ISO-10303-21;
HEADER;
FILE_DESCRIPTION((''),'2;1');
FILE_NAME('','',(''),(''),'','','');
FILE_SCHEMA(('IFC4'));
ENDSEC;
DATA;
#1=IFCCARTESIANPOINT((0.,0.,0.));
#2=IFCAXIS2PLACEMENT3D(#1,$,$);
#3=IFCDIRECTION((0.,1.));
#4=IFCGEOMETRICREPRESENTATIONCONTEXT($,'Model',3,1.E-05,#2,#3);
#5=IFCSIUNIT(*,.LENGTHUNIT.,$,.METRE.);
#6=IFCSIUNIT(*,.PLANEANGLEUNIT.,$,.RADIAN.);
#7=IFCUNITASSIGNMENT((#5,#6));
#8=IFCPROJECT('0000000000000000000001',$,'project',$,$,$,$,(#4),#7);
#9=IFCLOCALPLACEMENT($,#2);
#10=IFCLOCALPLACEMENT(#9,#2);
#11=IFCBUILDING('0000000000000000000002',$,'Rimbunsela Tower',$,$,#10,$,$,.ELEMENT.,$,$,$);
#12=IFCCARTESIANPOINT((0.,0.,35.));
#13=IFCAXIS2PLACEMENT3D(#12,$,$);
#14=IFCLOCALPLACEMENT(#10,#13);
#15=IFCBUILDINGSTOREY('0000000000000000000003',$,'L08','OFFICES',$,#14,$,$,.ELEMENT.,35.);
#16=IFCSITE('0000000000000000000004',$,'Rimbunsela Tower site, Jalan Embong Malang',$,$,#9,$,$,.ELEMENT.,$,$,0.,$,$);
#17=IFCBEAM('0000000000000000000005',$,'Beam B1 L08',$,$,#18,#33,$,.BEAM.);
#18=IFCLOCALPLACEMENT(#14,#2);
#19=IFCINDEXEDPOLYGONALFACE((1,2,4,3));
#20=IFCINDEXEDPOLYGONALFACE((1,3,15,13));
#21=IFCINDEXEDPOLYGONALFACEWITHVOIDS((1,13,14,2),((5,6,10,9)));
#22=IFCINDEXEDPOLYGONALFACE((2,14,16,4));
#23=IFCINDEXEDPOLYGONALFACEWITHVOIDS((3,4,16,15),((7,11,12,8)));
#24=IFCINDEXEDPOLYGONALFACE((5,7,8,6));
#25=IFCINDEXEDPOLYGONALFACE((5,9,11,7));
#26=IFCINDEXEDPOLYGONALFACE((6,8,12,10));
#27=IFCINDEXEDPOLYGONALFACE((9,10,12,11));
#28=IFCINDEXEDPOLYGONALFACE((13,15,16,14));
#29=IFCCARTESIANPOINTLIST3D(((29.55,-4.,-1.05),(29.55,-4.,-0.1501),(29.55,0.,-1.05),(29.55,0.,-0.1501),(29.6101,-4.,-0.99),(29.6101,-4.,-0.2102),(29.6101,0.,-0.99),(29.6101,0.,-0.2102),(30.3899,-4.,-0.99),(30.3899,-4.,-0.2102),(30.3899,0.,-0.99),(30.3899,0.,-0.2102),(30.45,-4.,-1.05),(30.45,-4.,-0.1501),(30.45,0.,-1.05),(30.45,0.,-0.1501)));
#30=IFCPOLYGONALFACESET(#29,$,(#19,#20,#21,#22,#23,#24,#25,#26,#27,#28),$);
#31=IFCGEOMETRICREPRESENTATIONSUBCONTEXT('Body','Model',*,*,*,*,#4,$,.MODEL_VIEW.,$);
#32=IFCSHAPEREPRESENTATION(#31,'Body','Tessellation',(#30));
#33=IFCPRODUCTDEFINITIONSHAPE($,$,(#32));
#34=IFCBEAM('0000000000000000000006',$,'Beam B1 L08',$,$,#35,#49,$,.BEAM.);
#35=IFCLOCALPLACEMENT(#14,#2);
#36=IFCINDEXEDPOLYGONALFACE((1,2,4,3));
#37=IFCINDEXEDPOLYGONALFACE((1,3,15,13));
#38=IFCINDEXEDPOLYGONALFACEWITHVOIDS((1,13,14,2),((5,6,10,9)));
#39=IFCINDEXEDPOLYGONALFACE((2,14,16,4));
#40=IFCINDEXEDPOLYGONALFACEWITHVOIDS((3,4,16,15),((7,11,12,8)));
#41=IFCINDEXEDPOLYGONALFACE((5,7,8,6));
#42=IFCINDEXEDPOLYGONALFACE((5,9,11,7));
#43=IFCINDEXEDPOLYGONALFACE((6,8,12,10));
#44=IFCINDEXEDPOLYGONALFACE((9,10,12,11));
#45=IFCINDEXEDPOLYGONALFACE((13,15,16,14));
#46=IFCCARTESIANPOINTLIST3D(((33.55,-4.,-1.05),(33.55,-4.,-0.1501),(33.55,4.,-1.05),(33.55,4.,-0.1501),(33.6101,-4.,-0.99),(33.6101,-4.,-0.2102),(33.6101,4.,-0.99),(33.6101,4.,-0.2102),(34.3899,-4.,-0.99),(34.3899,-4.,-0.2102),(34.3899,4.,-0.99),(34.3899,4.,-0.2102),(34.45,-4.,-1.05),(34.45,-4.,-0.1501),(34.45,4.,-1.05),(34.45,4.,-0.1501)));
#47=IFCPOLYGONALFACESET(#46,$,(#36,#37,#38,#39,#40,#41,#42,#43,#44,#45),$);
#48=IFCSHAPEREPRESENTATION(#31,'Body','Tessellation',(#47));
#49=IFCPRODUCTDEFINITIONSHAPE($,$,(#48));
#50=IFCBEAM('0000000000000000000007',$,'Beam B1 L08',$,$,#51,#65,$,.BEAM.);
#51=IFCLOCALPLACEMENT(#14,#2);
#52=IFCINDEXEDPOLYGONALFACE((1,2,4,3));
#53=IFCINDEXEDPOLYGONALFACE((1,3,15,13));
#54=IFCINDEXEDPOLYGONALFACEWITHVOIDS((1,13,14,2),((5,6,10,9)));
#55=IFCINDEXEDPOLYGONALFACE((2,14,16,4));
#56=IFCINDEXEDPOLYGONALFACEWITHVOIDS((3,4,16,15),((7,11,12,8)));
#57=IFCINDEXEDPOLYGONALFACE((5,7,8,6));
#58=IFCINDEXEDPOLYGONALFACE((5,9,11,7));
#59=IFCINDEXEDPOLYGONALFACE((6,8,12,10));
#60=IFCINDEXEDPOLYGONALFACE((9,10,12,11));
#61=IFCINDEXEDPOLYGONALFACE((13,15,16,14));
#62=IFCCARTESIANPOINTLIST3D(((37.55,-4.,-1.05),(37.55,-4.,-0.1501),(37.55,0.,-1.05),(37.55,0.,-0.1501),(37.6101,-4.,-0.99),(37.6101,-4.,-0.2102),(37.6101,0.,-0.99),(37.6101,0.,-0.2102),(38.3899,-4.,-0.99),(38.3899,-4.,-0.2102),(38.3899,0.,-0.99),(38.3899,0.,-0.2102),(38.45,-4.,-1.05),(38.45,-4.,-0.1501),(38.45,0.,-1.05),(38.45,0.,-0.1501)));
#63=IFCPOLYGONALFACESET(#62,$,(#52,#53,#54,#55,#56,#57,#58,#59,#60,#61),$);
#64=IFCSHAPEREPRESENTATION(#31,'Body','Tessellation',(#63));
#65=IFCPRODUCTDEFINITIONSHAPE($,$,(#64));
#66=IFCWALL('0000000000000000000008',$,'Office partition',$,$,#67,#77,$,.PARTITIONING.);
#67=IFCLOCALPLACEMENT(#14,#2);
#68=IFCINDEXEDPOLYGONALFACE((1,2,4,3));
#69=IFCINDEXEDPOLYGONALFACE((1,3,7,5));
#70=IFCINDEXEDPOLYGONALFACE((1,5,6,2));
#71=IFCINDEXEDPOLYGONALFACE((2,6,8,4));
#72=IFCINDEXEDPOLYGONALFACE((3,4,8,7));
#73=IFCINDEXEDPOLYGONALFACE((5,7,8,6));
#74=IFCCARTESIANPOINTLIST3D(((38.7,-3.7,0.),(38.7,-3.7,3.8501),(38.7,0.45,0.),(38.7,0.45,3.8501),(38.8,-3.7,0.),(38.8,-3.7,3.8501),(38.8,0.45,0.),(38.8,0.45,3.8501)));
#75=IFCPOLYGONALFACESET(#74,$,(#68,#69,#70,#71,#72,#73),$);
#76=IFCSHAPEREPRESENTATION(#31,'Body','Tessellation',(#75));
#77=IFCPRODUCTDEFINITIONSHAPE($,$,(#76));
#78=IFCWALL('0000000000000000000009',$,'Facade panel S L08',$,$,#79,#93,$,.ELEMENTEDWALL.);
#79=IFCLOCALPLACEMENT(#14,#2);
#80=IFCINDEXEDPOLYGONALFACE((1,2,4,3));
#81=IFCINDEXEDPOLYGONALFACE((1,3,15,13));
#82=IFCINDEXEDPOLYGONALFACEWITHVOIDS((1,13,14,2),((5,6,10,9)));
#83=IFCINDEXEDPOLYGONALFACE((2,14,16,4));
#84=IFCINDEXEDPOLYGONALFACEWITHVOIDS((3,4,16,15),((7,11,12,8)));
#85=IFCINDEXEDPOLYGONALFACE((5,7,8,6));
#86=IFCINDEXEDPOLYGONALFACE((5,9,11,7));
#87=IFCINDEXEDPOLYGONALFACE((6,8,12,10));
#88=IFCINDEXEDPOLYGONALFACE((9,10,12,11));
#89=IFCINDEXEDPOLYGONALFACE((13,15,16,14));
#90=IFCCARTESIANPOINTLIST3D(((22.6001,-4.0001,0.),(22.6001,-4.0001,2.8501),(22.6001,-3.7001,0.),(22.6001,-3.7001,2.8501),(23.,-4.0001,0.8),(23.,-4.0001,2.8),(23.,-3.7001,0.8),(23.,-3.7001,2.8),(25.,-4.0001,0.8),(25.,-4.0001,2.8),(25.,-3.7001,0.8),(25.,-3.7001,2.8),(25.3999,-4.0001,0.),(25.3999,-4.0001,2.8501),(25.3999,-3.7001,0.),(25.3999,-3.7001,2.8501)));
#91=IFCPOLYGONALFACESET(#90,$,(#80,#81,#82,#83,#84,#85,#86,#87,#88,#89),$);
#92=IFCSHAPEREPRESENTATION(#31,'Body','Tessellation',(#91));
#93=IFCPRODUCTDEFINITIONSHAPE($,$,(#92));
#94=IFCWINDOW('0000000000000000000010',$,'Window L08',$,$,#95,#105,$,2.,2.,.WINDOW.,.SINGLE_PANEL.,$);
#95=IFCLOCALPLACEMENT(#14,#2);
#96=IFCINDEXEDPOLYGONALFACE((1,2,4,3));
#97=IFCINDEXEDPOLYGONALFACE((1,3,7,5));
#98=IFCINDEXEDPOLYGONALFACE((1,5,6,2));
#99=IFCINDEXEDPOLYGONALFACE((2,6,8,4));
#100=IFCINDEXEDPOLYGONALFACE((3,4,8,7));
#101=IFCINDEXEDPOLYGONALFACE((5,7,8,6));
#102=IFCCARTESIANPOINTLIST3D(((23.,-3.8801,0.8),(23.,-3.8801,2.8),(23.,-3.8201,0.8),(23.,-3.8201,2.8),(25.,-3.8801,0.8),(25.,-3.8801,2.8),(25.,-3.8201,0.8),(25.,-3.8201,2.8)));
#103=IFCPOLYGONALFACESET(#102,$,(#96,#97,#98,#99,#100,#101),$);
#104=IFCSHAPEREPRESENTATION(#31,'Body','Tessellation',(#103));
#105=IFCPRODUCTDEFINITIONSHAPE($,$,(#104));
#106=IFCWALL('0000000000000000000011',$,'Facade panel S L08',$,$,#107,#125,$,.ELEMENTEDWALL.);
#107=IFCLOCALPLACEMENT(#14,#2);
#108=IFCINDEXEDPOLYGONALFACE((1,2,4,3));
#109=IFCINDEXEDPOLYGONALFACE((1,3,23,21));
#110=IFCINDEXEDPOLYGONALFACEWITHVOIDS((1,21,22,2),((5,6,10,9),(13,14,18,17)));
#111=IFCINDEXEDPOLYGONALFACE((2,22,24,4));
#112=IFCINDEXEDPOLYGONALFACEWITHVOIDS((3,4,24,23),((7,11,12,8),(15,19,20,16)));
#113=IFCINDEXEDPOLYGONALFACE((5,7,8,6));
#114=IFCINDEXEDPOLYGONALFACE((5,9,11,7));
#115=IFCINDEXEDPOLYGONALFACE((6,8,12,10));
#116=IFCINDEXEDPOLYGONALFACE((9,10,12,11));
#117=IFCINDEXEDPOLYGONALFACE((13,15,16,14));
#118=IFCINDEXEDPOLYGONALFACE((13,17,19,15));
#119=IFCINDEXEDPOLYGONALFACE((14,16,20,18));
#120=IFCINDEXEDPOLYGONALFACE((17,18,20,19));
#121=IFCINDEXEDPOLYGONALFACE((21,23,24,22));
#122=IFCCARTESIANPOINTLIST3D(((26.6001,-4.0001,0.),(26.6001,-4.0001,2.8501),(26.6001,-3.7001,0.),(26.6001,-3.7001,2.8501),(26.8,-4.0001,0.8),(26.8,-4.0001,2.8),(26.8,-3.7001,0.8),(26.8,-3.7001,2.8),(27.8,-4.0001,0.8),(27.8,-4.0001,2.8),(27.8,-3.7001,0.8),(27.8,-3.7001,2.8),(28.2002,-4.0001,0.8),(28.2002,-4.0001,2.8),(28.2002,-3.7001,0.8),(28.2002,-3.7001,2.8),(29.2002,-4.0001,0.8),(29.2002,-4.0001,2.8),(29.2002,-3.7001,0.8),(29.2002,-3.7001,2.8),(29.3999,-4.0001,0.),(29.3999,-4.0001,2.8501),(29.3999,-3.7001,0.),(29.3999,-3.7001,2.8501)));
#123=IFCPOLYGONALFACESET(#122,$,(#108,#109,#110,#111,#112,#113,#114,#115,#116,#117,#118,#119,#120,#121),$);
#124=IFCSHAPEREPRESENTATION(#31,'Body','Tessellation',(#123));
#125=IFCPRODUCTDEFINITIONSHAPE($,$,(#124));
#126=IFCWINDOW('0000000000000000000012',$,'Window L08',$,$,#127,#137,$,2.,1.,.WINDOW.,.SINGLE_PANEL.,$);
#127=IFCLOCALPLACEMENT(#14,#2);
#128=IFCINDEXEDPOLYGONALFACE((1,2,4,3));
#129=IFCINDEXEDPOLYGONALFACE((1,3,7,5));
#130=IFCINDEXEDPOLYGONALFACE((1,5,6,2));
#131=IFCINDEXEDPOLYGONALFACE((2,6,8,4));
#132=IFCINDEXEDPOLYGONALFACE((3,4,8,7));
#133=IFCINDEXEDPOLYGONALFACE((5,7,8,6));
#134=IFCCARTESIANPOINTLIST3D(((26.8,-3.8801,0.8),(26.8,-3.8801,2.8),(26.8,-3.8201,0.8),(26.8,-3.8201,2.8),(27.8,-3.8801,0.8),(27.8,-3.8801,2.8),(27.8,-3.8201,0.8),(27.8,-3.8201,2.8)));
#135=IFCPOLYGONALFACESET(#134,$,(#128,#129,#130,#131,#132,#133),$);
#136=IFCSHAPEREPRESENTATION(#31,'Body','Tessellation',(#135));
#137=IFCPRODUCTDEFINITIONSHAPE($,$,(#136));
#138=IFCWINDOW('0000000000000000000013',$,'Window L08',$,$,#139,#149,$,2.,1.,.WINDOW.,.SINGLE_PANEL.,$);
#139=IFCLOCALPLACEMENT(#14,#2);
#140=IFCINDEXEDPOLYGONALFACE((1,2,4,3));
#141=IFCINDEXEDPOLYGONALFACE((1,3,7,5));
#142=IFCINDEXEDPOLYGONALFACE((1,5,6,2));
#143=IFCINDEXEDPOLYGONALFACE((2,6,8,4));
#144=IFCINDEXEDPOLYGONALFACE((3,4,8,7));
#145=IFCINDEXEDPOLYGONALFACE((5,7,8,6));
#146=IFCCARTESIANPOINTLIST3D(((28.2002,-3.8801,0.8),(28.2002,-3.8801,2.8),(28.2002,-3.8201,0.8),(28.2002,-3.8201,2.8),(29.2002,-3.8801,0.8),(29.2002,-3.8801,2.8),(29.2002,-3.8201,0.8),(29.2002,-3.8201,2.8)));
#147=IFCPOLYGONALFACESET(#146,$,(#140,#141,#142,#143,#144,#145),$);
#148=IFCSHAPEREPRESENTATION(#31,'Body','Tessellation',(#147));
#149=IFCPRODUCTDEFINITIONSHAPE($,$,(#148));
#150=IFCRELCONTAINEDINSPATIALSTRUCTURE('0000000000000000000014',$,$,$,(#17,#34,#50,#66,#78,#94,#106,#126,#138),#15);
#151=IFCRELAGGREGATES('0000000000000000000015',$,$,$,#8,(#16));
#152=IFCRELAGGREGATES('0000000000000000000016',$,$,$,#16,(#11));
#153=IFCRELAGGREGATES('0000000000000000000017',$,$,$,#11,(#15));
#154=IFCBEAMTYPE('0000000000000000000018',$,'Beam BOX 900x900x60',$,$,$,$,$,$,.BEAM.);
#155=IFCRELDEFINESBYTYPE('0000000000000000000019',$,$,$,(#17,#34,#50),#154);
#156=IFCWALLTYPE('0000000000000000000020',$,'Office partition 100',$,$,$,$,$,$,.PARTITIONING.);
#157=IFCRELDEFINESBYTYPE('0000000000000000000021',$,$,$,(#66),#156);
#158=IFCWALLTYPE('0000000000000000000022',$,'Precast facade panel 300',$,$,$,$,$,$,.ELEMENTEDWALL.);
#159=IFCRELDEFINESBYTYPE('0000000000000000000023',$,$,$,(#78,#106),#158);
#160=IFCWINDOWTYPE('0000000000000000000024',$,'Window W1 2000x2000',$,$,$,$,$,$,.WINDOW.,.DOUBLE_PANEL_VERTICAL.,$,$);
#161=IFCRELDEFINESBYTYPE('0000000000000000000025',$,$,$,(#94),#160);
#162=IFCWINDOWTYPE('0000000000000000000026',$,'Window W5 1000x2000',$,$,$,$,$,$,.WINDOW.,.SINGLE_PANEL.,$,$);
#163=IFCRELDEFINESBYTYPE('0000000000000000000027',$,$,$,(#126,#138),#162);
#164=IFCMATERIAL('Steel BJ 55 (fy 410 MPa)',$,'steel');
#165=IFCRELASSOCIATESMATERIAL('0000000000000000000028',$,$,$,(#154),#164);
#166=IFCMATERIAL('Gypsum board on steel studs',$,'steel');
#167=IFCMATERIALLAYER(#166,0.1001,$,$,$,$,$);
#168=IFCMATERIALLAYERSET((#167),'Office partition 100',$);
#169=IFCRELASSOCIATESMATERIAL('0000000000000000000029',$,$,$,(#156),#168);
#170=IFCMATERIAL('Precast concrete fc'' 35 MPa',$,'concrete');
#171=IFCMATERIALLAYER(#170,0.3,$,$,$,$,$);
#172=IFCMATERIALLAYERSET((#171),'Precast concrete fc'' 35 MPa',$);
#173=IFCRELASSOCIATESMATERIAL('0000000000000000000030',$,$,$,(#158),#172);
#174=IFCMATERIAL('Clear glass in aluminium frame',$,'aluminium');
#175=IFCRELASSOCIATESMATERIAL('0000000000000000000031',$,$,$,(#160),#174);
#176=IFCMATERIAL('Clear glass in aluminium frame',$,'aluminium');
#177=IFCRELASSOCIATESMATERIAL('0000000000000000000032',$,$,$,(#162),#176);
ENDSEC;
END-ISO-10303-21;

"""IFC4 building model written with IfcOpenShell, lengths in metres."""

from ifc_helpers import new_model, si_unit, direction, frame, frame_2d, origin, origin_2d, place, context, subcontext, project, spatial, rectangle, hollow_rectangle, extrude, material, layer, layer_set, material_profile, profile_set, type_object, element, fill, save


model = new_model("IFC4")

# Units and contexts
model_context = context("Model", 3, precision=1e-05, world=origin(), true_north=direction((0.0, 1.0)))
body_context = subcontext(model_context, "Body", "Model", "MODEL_VIEW")
ifc_project = project(units=[si_unit("LENGTHUNIT", "METRE"), si_unit("PLANEANGLEUNIT", "RADIAN")], contexts=[model_context])

# Site, building, storey
site_placement = place(None, origin())
site = spatial("IfcSite", under=ifc_project, at=site_placement, Name="Rimbunsela Tower site, Jalan Embong Malang", CompositionType="ELEMENT", RefElevation=0.0)
building_placement = place(site_placement, origin())
building = spatial("IfcBuilding", under=site, at=building_placement, Name="Rimbunsela Tower", CompositionType="ELEMENT")
storey_placement = place(building_placement, frame((0.0, 0.0, 35.0)))
storey = spatial("IfcBuildingStorey", under=building, at=storey_placement, Name="L08", Description="OFFICES", CompositionType="ELEMENT", Elevation=35.0)

# Beams
ifc_material_1 = material(Name="Steel BJ 55 (fy 410 MPa)", Category="steel")
ifc_material_profile_1 = material_profile(ifc_material_1, hollow_rectangle(XDim=0.8999, YDim=0.8999, WallThickness=0.0601, at=origin_2d()), Name="BOX 900x900x60")
ifc_profile_set_1 = profile_set([ifc_material_profile_1], Name="Steel BJ 55 (fy 410 MPa)")
beam_type_1 = type_object("IfcBeamType", Name="Beam BOX 900x900x60", PredefinedType="BEAM", material=ifc_profile_set_1)
beam_1_placement = place(storey_placement, frame((30.0, -4.0, -0.6001), z_axis=(0.0, 1.0, 0.0), x_axis=(-1.0, 0.0, 0.0)))
element("IfcBeam", 1, at=beam_1_placement, inside=storey, type_object=beam_type_1, Name="Beam B1 L08", PredefinedType="BEAM", context=body_context, shape_type="SweptSolid", body=[
    extrude(hollow_rectangle(XDim=0.8999, YDim=0.8999, WallThickness=0.0601, at=origin_2d()), origin(), (0.0, 0.0, 1.0), 4.0),
])
beam_2_placement = place(storey_placement, frame((34.0, -4.0, -0.6001), z_axis=(0.0, 1.0, 0.0), x_axis=(-1.0, 0.0, 0.0)))
element("IfcBeam", 2, at=beam_2_placement, inside=storey, type_object=beam_type_1, Name="Beam B1 L08", PredefinedType="BEAM", context=body_context, shape_type="SweptSolid", body=[
    extrude(hollow_rectangle(XDim=0.8999, YDim=0.8999, WallThickness=0.0601, at=origin_2d()), origin(), (0.0, 0.0, 1.0), 8.0),
])
beam_3_placement = place(storey_placement, frame((38.0, -4.0, -0.6001), z_axis=(0.0, 1.0, 0.0), x_axis=(-1.0, 0.0, 0.0)))
element("IfcBeam", 3, at=beam_3_placement, inside=storey, type_object=beam_type_1, Name="Beam B1 L08", PredefinedType="BEAM", context=body_context, shape_type="SweptSolid", body=[
    extrude(hollow_rectangle(XDim=0.8999, YDim=0.8999, WallThickness=0.0601, at=origin_2d()), origin(), (0.0, 0.0, 1.0), 4.0),
])

# Wall
ifc_material_2 = material(Name="Gypsum board on steel studs", Category="steel")
ifc_layer_1 = layer(ifc_material_2, 0.1001)
ifc_layer_set_1 = layer_set([ifc_layer_1], Name="Office partition 100")
wall_type_1 = type_object("IfcWallType", Name="Office partition 100", PredefinedType="PARTITIONING", material=ifc_layer_set_1)
wall_1_placement = place(storey_placement, frame((38.75, -3.7, 0.0), z_axis=(0.0, 0.0, 1.0), x_axis=(0.0, 1.0, 0.0)))
element("IfcWall", 4, at=wall_1_placement, inside=storey, type_object=wall_type_1, Name="Office partition", PredefinedType="PARTITIONING", context=body_context, shape_type="SweptSolid", body=[
    extrude(rectangle(XDim=4.1499, YDim=0.1001, at=frame_2d((2.075, 0.0))), origin(), (0.0, 0.0, 1.0), 3.8501),
])

# Wall, opening, window
ifc_material_3 = material(Name="Precast concrete fc' 35 MPa", Category="concrete")
ifc_layer_2 = layer(ifc_material_3, 0.3)
ifc_layer_set_2 = layer_set([ifc_layer_2], Name="Precast concrete fc' 35 MPa")
wall_type_2 = type_object("IfcWallType", Name="Precast facade panel 300", PredefinedType="ELEMENTEDWALL", material=ifc_layer_set_2)
wall_2_placement = place(storey_placement, frame((22.6001, -3.8501, 0.0), z_axis=(0.0, 0.0, 1.0), x_axis=(1.0, 0.0, 0.0)))
wall_2 = element("IfcWall", 5, at=wall_2_placement, inside=storey, type_object=wall_type_2, Name="Facade panel S L08", PredefinedType="ELEMENTEDWALL", context=body_context, shape_type="SweptSolid", body=[
    extrude(rectangle(XDim=2.7998, YDim=0.3, at=frame_2d((1.3999, 0.0))), origin(), (0.0, 0.0, 1.0), 2.8501),
])
opening_1_placement = place(wall_2_placement, frame((0.3999, 0.0, 0.8)))
opening_1 = element("IfcOpeningElement", 6, at=opening_1_placement, cuts=wall_2, PredefinedType="OPENING", context=body_context, shape_type="SweptSolid", body=[
    extrude(rectangle(XDim=2.0, YDim=2.0, at=frame_2d((1.0, 1.0))), frame((0.0, 0.1599, 0.0), z_axis=(0.0, -1.0, 0.0), x_axis=(1.0, 0.0, 0.0)), (0.0, 0.0, 1.0), 0.3201),
])
ifc_material_4 = material(Name="Clear glass in aluminium frame", Category="aluminium")
window_type_1 = type_object("IfcWindowType", Name="Window W1 2000x2000", PartitioningType="DOUBLE_PANEL_VERTICAL", PredefinedType="WINDOW", material=ifc_material_4)
window_1_placement = place(opening_1_placement, origin())
window_1 = element("IfcWindow", 7, at=window_1_placement, inside=storey, type_object=window_type_1, Name="Window L08", OverallHeight=2.0, OverallWidth=2.0, PartitioningType="SINGLE_PANEL", PredefinedType="WINDOW", context=body_context, shape_type="SweptSolid", body=[
    extrude(rectangle(XDim=2.0, YDim=2.0, at=frame_2d((1.0, 1.0))), frame((0.0, 0.03, 0.0), z_axis=(0.0, -1.0, 0.0), x_axis=(1.0, 0.0, 0.0)), (0.0, 0.0, 1.0), 0.0601),
])
fill(opening_1, window_1)

# Wall, openings, windows
wall_3_placement = place(storey_placement, frame((26.6001, -3.8501, 0.0), z_axis=(0.0, 0.0, 1.0), x_axis=(1.0, 0.0, 0.0)))
wall_3 = element("IfcWall", 8, at=wall_3_placement, inside=storey, type_object=wall_type_2, Name="Facade panel S L08", PredefinedType="ELEMENTEDWALL", context=body_context, shape_type="SweptSolid", body=[
    extrude(rectangle(XDim=2.7998, YDim=0.3, at=frame_2d((1.3999, 0.0))), origin(), (0.0, 0.0, 1.0), 2.8501),
])
opening_2_placement = place(wall_3_placement, frame((0.2, 0.0, 0.8)))
opening_2 = element("IfcOpeningElement", 9, at=opening_2_placement, cuts=wall_3, PredefinedType="OPENING", context=body_context, shape_type="SweptSolid", body=[
    extrude(rectangle(XDim=1.0, YDim=2.0, at=frame_2d((0.5, 1.0))), frame((0.0, 0.1599, 0.0), z_axis=(0.0, -1.0, 0.0), x_axis=(1.0, 0.0, 0.0)), (0.0, 0.0, 1.0), 0.3201),
])
opening_3_placement = place(wall_3_placement, frame((1.6001, 0.0, 0.8)))
opening_3 = element("IfcOpeningElement", 10, at=opening_3_placement, cuts=wall_3, PredefinedType="OPENING", context=body_context, shape_type="SweptSolid", body=[
    extrude(rectangle(XDim=1.0, YDim=2.0, at=frame_2d((0.5, 1.0))), frame((0.0, 0.1599, 0.0), z_axis=(0.0, -1.0, 0.0), x_axis=(1.0, 0.0, 0.0)), (0.0, 0.0, 1.0), 0.3201),
])
ifc_material_5 = material(Name="Clear glass in aluminium frame", Category="aluminium")
window_type_2 = type_object("IfcWindowType", Name="Window W5 1000x2000", PartitioningType="SINGLE_PANEL", PredefinedType="WINDOW", material=ifc_material_5)
window_2_placement = place(opening_2_placement, origin())
window_2 = element("IfcWindow", 11, at=window_2_placement, inside=storey, type_object=window_type_2, Name="Window L08", OverallHeight=2.0, OverallWidth=1.0, PartitioningType="SINGLE_PANEL", PredefinedType="WINDOW", context=body_context, shape_type="SweptSolid", body=[
    extrude(rectangle(XDim=1.0, YDim=2.0, at=frame_2d((0.5, 1.0))), frame((0.0, 0.03, 0.0), z_axis=(0.0, -1.0, 0.0), x_axis=(1.0, 0.0, 0.0)), (0.0, 0.0, 1.0), 0.0601),
])
fill(opening_2, window_2)
window_3_placement = place(opening_3_placement, origin())
window_3 = element("IfcWindow", 12, at=window_3_placement, inside=storey, type_object=window_type_2, Name="Window L08", OverallHeight=2.0, OverallWidth=1.0, PartitioningType="SINGLE_PANEL", PredefinedType="WINDOW", context=body_context, shape_type="SweptSolid", body=[
    extrude(rectangle(XDim=1.0, YDim=2.0, at=frame_2d((0.5, 1.0))), frame((0.0, 0.03, 0.0), z_axis=(0.0, -1.0, 0.0), x_axis=(1.0, 0.0, 0.0)), (0.0, 0.0, 1.0), 0.0601),
])
fill(opening_3, window_3)

save(model, "model.ifc")
